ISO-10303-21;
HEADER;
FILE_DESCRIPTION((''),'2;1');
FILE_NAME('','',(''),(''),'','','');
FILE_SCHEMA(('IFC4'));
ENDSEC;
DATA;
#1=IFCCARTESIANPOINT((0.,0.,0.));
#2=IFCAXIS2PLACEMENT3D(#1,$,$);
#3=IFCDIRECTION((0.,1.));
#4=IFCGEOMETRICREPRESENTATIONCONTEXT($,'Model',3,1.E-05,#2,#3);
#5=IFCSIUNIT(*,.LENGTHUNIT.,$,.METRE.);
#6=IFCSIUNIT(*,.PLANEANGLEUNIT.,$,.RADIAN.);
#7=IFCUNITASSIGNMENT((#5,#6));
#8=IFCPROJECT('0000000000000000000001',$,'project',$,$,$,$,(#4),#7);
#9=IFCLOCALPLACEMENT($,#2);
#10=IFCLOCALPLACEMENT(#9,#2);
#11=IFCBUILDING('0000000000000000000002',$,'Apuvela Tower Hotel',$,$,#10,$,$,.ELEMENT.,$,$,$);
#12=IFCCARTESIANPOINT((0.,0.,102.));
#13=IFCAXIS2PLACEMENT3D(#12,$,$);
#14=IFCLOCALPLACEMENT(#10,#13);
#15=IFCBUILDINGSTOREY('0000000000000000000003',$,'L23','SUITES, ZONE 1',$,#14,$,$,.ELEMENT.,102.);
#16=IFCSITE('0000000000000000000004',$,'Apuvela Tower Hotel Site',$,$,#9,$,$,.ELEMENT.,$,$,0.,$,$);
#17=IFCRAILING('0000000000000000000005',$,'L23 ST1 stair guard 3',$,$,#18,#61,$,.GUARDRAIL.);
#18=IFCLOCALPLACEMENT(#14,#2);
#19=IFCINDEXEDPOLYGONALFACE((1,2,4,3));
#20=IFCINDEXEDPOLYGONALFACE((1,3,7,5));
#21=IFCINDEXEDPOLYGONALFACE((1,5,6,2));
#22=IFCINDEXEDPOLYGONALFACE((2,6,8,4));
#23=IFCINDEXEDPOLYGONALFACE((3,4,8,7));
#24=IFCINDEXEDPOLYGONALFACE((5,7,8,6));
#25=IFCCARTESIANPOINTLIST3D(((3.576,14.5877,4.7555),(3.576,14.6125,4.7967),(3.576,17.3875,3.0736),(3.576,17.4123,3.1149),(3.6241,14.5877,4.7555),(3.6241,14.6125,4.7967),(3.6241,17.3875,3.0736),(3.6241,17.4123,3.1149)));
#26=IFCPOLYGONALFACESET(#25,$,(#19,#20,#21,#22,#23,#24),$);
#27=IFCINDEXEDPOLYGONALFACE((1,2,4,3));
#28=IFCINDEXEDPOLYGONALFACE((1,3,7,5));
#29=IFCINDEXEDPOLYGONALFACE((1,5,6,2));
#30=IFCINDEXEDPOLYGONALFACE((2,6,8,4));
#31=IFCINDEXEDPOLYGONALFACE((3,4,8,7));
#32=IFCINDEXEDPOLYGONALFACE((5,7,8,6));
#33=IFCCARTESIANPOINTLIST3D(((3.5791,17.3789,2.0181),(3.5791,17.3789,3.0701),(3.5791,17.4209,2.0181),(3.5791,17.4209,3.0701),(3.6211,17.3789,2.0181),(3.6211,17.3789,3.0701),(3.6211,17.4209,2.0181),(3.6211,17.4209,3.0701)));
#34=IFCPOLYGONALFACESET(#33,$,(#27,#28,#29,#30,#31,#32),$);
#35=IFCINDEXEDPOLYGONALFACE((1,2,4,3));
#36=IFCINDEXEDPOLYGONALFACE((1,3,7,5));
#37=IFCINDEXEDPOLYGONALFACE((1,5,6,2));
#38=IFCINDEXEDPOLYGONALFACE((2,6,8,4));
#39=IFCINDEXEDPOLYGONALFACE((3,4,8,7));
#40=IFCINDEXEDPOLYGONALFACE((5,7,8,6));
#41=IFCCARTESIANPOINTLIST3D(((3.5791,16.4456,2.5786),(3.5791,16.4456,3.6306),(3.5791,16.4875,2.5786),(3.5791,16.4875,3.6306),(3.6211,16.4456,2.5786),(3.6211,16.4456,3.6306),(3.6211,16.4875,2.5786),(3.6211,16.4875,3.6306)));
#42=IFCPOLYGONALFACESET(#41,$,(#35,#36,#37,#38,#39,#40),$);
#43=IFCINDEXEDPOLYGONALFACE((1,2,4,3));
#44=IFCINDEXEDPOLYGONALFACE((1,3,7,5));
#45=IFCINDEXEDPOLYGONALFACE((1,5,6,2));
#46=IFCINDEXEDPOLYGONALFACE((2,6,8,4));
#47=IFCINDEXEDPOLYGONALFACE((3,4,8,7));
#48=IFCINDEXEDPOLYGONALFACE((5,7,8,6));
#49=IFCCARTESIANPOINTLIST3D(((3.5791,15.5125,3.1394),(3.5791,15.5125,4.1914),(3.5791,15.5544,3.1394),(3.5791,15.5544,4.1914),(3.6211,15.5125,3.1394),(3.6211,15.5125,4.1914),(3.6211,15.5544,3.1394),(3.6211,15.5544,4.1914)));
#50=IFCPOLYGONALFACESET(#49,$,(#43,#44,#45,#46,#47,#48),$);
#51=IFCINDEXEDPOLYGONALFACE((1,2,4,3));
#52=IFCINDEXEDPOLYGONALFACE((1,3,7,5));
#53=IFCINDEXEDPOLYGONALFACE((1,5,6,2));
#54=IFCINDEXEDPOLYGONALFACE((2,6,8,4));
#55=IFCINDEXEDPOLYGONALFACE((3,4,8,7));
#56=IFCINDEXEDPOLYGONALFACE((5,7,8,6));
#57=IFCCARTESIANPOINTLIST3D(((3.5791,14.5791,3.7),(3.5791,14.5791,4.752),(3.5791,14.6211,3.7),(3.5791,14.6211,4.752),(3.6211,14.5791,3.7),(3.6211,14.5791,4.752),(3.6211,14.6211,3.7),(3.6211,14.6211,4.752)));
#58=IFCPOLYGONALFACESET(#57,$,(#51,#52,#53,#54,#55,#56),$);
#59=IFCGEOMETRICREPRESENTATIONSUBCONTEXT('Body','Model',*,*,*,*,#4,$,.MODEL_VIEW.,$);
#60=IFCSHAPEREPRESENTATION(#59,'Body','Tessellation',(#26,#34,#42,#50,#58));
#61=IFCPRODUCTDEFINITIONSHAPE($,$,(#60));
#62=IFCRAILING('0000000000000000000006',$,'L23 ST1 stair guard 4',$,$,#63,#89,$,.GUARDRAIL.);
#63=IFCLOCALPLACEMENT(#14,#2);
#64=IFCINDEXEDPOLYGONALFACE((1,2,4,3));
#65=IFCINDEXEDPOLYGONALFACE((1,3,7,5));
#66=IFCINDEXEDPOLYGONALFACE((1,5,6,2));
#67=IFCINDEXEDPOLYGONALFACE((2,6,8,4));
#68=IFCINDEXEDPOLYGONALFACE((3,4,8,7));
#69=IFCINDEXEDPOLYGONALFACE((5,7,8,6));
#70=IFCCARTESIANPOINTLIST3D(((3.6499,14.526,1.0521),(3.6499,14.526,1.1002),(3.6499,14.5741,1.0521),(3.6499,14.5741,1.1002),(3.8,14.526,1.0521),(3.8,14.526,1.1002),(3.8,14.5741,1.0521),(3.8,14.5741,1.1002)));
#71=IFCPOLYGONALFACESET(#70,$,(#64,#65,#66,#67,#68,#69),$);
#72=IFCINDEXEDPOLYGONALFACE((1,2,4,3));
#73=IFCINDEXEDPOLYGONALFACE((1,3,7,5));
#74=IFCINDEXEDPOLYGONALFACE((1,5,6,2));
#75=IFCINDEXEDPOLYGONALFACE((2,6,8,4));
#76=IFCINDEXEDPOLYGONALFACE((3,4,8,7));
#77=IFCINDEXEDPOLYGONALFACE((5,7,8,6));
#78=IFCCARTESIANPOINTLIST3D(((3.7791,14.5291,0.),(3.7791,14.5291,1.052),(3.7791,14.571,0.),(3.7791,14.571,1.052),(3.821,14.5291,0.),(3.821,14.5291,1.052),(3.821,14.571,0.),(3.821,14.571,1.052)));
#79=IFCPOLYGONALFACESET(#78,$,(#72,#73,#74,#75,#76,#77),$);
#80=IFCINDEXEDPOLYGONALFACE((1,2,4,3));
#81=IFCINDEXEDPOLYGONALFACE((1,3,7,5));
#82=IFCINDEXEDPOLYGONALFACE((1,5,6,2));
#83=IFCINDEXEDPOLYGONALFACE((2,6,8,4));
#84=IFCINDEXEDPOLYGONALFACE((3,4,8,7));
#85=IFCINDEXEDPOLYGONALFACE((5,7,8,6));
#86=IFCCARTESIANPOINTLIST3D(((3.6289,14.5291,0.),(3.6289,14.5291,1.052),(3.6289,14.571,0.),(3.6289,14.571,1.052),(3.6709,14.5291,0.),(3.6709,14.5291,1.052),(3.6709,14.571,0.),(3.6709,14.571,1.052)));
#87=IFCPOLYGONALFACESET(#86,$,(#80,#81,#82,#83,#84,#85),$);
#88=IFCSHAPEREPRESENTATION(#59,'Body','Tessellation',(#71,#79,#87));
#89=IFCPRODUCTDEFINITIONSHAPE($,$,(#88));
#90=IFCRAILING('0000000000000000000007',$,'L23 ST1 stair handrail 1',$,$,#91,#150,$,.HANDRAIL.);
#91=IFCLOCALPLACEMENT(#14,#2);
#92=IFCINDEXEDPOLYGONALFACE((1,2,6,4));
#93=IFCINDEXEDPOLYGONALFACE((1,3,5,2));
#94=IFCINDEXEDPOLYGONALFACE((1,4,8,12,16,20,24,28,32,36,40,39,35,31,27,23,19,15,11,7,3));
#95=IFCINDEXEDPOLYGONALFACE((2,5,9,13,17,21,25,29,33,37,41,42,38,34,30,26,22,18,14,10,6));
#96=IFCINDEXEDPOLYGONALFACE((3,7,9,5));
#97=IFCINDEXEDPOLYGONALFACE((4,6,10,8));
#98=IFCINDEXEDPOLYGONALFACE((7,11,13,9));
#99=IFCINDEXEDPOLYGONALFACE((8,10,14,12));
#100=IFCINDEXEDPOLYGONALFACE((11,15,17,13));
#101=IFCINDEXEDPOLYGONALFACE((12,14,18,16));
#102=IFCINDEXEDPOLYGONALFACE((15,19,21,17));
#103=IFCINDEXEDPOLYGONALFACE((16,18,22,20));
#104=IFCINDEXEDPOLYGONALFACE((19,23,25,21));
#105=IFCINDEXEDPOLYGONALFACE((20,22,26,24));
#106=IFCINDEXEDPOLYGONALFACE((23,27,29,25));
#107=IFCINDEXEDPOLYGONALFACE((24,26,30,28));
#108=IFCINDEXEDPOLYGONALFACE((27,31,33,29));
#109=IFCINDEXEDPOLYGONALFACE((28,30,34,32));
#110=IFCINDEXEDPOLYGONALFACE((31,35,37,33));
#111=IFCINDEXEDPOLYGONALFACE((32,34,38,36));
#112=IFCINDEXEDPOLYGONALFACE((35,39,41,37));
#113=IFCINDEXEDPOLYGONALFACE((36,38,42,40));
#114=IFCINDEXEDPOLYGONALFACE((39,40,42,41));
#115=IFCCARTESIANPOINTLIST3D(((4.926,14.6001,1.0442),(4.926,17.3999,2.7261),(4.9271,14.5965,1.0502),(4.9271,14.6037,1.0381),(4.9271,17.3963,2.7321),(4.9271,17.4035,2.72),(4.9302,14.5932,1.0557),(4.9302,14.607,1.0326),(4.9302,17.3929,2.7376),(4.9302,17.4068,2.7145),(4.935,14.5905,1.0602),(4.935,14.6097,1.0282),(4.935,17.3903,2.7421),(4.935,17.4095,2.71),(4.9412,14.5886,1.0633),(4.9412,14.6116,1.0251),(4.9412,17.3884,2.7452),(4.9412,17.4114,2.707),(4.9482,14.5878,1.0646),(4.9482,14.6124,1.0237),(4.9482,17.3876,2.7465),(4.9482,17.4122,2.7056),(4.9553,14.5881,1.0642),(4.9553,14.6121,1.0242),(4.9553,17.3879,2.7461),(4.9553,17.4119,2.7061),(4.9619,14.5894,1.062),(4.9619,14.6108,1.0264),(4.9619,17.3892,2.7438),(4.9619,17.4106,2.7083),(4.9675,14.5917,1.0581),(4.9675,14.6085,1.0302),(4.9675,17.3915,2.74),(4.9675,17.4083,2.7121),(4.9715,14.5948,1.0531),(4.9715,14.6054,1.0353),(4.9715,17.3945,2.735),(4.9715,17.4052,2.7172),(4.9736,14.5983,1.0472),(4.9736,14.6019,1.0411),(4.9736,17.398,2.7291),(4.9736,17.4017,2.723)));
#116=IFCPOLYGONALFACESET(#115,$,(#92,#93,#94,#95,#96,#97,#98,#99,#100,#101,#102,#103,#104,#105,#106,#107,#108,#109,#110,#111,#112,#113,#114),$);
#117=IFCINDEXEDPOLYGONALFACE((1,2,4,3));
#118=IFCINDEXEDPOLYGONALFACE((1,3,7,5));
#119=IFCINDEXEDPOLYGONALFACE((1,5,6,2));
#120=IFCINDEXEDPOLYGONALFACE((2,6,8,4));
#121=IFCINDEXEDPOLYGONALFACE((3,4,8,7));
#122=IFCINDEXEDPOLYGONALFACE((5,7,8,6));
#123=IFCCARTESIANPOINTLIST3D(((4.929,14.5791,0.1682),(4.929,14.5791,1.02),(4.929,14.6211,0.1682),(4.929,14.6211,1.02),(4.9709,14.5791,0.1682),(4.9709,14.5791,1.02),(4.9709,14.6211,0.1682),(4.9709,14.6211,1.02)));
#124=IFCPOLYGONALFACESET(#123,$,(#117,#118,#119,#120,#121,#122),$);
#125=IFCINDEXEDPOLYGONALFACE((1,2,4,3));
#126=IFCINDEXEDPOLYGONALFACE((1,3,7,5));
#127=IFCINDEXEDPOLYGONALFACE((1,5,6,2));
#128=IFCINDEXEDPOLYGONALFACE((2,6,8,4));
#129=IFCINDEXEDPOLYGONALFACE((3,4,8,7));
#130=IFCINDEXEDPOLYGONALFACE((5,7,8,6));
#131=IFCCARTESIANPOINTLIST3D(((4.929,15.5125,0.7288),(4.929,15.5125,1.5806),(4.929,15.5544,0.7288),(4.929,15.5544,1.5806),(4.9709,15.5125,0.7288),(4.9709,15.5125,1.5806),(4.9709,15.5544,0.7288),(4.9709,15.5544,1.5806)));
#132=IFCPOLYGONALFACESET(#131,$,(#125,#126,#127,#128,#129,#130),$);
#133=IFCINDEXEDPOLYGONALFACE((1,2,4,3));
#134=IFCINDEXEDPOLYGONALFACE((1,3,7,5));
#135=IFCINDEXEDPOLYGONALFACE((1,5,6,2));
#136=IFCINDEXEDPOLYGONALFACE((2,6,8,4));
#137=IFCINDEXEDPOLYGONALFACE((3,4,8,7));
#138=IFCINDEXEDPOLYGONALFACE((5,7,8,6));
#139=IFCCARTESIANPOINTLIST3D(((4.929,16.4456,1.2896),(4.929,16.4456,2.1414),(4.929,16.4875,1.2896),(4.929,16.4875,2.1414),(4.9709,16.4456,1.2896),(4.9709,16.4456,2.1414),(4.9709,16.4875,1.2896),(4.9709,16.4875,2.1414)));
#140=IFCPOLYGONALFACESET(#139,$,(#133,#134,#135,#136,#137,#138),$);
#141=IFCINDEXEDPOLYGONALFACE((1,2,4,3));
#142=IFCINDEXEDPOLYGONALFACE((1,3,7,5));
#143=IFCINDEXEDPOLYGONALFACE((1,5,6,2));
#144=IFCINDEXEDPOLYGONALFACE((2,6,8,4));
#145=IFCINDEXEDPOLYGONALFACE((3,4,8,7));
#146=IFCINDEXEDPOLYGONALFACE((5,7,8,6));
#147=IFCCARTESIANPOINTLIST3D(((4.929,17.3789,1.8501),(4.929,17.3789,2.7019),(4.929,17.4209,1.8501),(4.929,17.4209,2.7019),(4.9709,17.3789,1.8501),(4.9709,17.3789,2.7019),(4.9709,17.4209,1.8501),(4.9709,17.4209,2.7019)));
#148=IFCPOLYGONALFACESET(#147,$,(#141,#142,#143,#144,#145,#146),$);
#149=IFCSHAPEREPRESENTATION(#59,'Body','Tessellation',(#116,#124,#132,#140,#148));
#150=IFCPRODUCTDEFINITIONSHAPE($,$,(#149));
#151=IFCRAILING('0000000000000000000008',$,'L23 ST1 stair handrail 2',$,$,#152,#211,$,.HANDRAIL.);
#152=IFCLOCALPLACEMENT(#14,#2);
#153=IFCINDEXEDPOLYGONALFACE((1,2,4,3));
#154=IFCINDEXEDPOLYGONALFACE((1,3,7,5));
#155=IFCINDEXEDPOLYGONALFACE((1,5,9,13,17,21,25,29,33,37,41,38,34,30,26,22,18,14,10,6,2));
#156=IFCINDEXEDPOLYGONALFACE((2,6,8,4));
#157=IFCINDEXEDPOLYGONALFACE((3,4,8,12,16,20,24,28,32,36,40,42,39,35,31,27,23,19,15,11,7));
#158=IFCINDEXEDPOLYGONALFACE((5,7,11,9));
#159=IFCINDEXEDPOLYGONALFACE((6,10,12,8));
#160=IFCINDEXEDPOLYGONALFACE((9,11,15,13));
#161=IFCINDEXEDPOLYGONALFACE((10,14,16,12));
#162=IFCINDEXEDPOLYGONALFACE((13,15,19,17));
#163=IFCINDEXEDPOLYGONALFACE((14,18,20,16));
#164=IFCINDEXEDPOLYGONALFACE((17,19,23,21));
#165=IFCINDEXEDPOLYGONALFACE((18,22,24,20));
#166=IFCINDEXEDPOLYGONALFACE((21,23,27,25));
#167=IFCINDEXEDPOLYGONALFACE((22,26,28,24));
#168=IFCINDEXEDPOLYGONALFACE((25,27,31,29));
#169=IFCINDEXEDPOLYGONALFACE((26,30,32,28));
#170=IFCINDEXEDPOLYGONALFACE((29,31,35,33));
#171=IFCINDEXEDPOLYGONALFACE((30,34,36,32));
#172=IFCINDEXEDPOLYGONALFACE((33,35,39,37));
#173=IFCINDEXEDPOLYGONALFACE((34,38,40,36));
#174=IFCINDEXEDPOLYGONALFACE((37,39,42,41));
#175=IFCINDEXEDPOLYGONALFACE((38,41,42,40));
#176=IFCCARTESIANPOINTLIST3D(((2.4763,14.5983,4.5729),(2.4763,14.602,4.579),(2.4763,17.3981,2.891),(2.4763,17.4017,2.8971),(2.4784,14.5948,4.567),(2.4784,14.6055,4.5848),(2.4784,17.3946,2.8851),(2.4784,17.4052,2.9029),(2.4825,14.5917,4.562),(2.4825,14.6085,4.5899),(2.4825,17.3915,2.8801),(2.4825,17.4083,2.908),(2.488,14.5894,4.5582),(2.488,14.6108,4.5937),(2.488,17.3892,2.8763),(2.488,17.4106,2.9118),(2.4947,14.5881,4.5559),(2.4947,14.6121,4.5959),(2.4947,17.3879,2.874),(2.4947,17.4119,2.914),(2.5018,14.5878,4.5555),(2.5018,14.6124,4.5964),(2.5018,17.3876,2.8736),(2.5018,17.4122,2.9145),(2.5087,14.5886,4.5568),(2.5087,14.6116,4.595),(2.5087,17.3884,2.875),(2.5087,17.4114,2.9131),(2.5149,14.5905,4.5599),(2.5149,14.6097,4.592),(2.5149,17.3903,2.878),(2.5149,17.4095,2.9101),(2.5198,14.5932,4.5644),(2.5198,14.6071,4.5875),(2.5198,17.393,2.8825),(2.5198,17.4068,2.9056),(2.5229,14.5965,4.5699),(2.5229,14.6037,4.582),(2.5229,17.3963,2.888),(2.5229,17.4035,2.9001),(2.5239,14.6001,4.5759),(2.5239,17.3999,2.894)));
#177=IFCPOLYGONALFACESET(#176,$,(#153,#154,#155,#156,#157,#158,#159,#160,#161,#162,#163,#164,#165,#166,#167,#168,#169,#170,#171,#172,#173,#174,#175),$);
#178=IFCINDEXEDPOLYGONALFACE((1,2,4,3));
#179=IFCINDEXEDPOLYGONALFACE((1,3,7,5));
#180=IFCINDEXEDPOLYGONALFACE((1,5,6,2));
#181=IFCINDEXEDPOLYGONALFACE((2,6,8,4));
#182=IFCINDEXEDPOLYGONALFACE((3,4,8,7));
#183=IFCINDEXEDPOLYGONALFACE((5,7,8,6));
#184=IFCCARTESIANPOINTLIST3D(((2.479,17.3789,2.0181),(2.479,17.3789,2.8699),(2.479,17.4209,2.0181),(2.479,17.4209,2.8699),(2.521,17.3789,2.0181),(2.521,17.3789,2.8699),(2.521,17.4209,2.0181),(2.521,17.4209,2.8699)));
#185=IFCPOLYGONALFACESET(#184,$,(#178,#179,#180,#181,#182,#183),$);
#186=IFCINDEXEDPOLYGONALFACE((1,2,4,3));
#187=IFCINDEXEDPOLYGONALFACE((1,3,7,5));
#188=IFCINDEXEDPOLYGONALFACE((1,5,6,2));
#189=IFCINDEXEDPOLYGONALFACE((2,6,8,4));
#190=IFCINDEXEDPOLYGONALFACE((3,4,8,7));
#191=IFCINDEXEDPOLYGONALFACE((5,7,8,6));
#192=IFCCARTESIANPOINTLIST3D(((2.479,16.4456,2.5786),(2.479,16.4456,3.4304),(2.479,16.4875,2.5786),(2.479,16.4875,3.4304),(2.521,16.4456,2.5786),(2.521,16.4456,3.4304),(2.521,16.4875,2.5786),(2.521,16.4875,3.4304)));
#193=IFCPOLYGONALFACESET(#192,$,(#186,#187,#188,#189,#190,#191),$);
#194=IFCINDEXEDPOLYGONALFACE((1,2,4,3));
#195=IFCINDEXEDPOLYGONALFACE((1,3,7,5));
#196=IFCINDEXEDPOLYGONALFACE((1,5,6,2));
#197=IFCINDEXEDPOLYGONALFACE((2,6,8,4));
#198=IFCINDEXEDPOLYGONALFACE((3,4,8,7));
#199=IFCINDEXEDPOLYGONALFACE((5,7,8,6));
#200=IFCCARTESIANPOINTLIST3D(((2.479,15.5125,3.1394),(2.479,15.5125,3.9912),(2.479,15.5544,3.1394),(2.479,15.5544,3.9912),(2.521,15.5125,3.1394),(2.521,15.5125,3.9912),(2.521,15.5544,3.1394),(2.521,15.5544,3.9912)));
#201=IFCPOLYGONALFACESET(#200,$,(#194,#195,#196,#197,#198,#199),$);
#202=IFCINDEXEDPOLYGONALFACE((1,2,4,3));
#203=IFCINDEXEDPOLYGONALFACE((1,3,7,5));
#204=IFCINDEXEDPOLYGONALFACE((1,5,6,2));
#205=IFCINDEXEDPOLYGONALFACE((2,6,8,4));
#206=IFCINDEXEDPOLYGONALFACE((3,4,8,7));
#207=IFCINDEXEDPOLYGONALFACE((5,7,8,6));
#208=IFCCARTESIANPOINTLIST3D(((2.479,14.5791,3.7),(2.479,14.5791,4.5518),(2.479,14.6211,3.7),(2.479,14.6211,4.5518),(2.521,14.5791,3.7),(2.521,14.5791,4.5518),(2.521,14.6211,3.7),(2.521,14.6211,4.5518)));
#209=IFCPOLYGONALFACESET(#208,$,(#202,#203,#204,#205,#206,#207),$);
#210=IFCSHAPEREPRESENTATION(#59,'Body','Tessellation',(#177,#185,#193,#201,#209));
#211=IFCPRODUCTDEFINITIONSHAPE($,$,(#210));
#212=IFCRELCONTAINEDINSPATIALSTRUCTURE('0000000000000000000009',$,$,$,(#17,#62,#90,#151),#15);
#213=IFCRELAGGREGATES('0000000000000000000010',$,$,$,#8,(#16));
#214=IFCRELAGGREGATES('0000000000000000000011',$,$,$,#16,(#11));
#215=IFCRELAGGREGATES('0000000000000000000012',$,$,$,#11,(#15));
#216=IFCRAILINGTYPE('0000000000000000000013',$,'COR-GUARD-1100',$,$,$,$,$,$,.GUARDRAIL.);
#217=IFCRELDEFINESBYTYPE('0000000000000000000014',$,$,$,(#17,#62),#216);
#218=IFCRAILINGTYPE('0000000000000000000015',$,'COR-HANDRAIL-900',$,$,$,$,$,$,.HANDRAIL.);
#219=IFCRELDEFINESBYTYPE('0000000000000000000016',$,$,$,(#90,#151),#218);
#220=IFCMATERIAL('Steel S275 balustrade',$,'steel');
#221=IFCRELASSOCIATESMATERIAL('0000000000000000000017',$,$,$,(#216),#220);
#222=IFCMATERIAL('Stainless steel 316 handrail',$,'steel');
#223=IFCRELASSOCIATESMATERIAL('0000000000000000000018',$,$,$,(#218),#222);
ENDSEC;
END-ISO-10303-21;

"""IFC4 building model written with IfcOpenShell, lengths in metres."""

from ifc_helpers import new_model, si_unit, direction, frame, origin, origin_2d, place, context, subcontext, project, spatial, rectangle, circle, extrude, material, type_object, element, save


model = new_model("IFC4")

# Units and contexts
model_context = context("Model", 3, precision=1e-05, world=origin(), true_north=direction((0.0, 1.0)))
body_context = subcontext(model_context, "Body", "Model", "MODEL_VIEW")
ifc_project = project(units=[si_unit("LENGTHUNIT", "METRE"), si_unit("PLANEANGLEUNIT", "RADIAN")], contexts=[model_context])

# Site, building, storey
site_placement = place(None, origin())
site = spatial("IfcSite", under=ifc_project, at=site_placement, Name="Apuvela Tower Hotel Site", CompositionType="ELEMENT", RefElevation=0.0)
building_placement = place(site_placement, origin())
building = spatial("IfcBuilding", under=site, at=building_placement, Name="Apuvela Tower Hotel", CompositionType="ELEMENT")
storey_placement = place(building_placement, frame((0.0, 0.0, 102.0)))
storey = spatial("IfcBuildingStorey", under=building, at=storey_placement, Name="L23", Description="SUITES, ZONE 1", CompositionType="ELEMENT", Elevation=102.0)

# Railings
ifc_material_1 = material(Name="Steel S275 balustrade", Category="steel")
railing_type_1 = type_object("IfcRailingType", Name="COR-GUARD-1100", PredefinedType="GUARDRAIL", material=ifc_material_1)
railing_1_placement = place(storey_placement, frame((3.6001, 17.3999, 2.0181)))
element("IfcRailing", 1, at=railing_1_placement, inside=storey, type_object=railing_type_1, Name="L23 ST1 stair guard 3", PredefinedType="GUARDRAIL", context=body_context, shape_type="SweptSolid", body=[
    extrude(rectangle(XDim=0.0481, YDim=0.0481, at=origin_2d()), frame((0.0, 0.0, 1.0762), z_axis=(0.0, -0.857222, 0.514946), x_axis=(1.0, 0.0, 0.0)), (0.0, 0.0, 1.0), 3.2661),
    extrude(rectangle(XDim=0.042, YDim=0.042, at=origin_2d()), origin(), (0.0, 0.0, 1.0), 1.052),
    extrude(rectangle(XDim=0.042, YDim=0.042, at=origin_2d()), frame((0.0, -0.9333, 0.5605)), (0.0, 0.0, 1.0), 1.052),
    extrude(rectangle(XDim=0.042, YDim=0.042, at=origin_2d()), frame((0.0, -1.8665, 1.1213)), (0.0, 0.0, 1.0), 1.052),
    extrude(rectangle(XDim=0.042, YDim=0.042, at=origin_2d()), frame((0.0, -2.7998, 1.6819)), (0.0, 0.0, 1.0), 1.052),
])
railing_2_placement = place(storey_placement, frame((3.8, 14.55, 0.0)))
element("IfcRailing", 2, at=railing_2_placement, inside=storey, type_object=railing_type_1, Name="L23 ST1 stair guard 4", PredefinedType="GUARDRAIL", context=body_context, shape_type="SweptSolid", body=[
    extrude(rectangle(XDim=0.0481, YDim=0.0481, at=origin_2d()), frame((0.0, 0.0, 1.0762), z_axis=(-1.0, 0.0, 0.0), x_axis=(0.0, -1.0, 0.0)), (0.0, 0.0, 1.0), 0.1501),
    extrude(rectangle(XDim=0.042, YDim=0.042, at=origin_2d()), origin(), (0.0, 0.0, 1.0), 1.052),
    extrude(rectangle(XDim=0.042, YDim=0.042, at=origin_2d()), frame((-0.1501, 0.0, 0.0)), (0.0, 0.0, 1.0), 1.052),
])
ifc_material_2 = material(Name="Stainless steel 316 handrail", Category="steel")
railing_type_2 = type_object("IfcRailingType", Name="COR-HANDRAIL-900", PredefinedType="HANDRAIL", material=ifc_material_2)
railing_3_placement = place(storey_placement, frame((4.95, 14.6001, 0.1682)))
element("IfcRailing", 3, at=railing_3_placement, inside=storey, type_object=railing_type_2, Name="L23 ST1 stair handrail 1", PredefinedType="HANDRAIL", context=body_context, shape_type="SweptSolid", body=[
    extrude(circle(Radius=0.0239, at=origin_2d()), frame((0.0, 0.0, 0.876), z_axis=(0.0, 0.857222, 0.514946), x_axis=(-1.0, 0.0, 0.0)), (0.0, 0.0, 1.0), 3.2661),
    extrude(rectangle(XDim=0.042, YDim=0.042, at=origin_2d()), origin(), (0.0, 0.0, 1.0), 0.8518),
    extrude(rectangle(XDim=0.042, YDim=0.042, at=origin_2d()), frame((0.0, 0.9333, 0.5605)), (0.0, 0.0, 1.0), 0.8518),
    extrude(rectangle(XDim=0.042, YDim=0.042, at=origin_2d()), frame((0.0, 1.8665, 1.1213)), (0.0, 0.0, 1.0), 0.8518),
    extrude(rectangle(XDim=0.042, YDim=0.042, at=origin_2d()), frame((0.0, 2.7998, 1.6819)), (0.0, 0.0, 1.0), 0.8518),
])
railing_4_placement = place(storey_placement, frame((2.5, 17.3999, 2.0181)))
element("IfcRailing", 4, at=railing_4_placement, inside=storey, type_object=railing_type_2, Name="L23 ST1 stair handrail 2", PredefinedType="HANDRAIL", context=body_context, shape_type="SweptSolid", body=[
    extrude(circle(Radius=0.0239, at=origin_2d()), frame((0.0, 0.0, 0.876), z_axis=(0.0, -0.857222, 0.514946), x_axis=(1.0, 0.0, 0.0)), (0.0, 0.0, 1.0), 3.2661),
    extrude(rectangle(XDim=0.042, YDim=0.042, at=origin_2d()), origin(), (0.0, 0.0, 1.0), 0.8518),
    extrude(rectangle(XDim=0.042, YDim=0.042, at=origin_2d()), frame((0.0, -0.9333, 0.5605)), (0.0, 0.0, 1.0), 0.8518),
    extrude(rectangle(XDim=0.042, YDim=0.042, at=origin_2d()), frame((0.0, -1.8665, 1.1213)), (0.0, 0.0, 1.0), 0.8518),
    extrude(rectangle(XDim=0.042, YDim=0.042, at=origin_2d()), frame((0.0, -2.7998, 1.6819)), (0.0, 0.0, 1.0), 0.8518),
])

save(model, "model.ifc")
